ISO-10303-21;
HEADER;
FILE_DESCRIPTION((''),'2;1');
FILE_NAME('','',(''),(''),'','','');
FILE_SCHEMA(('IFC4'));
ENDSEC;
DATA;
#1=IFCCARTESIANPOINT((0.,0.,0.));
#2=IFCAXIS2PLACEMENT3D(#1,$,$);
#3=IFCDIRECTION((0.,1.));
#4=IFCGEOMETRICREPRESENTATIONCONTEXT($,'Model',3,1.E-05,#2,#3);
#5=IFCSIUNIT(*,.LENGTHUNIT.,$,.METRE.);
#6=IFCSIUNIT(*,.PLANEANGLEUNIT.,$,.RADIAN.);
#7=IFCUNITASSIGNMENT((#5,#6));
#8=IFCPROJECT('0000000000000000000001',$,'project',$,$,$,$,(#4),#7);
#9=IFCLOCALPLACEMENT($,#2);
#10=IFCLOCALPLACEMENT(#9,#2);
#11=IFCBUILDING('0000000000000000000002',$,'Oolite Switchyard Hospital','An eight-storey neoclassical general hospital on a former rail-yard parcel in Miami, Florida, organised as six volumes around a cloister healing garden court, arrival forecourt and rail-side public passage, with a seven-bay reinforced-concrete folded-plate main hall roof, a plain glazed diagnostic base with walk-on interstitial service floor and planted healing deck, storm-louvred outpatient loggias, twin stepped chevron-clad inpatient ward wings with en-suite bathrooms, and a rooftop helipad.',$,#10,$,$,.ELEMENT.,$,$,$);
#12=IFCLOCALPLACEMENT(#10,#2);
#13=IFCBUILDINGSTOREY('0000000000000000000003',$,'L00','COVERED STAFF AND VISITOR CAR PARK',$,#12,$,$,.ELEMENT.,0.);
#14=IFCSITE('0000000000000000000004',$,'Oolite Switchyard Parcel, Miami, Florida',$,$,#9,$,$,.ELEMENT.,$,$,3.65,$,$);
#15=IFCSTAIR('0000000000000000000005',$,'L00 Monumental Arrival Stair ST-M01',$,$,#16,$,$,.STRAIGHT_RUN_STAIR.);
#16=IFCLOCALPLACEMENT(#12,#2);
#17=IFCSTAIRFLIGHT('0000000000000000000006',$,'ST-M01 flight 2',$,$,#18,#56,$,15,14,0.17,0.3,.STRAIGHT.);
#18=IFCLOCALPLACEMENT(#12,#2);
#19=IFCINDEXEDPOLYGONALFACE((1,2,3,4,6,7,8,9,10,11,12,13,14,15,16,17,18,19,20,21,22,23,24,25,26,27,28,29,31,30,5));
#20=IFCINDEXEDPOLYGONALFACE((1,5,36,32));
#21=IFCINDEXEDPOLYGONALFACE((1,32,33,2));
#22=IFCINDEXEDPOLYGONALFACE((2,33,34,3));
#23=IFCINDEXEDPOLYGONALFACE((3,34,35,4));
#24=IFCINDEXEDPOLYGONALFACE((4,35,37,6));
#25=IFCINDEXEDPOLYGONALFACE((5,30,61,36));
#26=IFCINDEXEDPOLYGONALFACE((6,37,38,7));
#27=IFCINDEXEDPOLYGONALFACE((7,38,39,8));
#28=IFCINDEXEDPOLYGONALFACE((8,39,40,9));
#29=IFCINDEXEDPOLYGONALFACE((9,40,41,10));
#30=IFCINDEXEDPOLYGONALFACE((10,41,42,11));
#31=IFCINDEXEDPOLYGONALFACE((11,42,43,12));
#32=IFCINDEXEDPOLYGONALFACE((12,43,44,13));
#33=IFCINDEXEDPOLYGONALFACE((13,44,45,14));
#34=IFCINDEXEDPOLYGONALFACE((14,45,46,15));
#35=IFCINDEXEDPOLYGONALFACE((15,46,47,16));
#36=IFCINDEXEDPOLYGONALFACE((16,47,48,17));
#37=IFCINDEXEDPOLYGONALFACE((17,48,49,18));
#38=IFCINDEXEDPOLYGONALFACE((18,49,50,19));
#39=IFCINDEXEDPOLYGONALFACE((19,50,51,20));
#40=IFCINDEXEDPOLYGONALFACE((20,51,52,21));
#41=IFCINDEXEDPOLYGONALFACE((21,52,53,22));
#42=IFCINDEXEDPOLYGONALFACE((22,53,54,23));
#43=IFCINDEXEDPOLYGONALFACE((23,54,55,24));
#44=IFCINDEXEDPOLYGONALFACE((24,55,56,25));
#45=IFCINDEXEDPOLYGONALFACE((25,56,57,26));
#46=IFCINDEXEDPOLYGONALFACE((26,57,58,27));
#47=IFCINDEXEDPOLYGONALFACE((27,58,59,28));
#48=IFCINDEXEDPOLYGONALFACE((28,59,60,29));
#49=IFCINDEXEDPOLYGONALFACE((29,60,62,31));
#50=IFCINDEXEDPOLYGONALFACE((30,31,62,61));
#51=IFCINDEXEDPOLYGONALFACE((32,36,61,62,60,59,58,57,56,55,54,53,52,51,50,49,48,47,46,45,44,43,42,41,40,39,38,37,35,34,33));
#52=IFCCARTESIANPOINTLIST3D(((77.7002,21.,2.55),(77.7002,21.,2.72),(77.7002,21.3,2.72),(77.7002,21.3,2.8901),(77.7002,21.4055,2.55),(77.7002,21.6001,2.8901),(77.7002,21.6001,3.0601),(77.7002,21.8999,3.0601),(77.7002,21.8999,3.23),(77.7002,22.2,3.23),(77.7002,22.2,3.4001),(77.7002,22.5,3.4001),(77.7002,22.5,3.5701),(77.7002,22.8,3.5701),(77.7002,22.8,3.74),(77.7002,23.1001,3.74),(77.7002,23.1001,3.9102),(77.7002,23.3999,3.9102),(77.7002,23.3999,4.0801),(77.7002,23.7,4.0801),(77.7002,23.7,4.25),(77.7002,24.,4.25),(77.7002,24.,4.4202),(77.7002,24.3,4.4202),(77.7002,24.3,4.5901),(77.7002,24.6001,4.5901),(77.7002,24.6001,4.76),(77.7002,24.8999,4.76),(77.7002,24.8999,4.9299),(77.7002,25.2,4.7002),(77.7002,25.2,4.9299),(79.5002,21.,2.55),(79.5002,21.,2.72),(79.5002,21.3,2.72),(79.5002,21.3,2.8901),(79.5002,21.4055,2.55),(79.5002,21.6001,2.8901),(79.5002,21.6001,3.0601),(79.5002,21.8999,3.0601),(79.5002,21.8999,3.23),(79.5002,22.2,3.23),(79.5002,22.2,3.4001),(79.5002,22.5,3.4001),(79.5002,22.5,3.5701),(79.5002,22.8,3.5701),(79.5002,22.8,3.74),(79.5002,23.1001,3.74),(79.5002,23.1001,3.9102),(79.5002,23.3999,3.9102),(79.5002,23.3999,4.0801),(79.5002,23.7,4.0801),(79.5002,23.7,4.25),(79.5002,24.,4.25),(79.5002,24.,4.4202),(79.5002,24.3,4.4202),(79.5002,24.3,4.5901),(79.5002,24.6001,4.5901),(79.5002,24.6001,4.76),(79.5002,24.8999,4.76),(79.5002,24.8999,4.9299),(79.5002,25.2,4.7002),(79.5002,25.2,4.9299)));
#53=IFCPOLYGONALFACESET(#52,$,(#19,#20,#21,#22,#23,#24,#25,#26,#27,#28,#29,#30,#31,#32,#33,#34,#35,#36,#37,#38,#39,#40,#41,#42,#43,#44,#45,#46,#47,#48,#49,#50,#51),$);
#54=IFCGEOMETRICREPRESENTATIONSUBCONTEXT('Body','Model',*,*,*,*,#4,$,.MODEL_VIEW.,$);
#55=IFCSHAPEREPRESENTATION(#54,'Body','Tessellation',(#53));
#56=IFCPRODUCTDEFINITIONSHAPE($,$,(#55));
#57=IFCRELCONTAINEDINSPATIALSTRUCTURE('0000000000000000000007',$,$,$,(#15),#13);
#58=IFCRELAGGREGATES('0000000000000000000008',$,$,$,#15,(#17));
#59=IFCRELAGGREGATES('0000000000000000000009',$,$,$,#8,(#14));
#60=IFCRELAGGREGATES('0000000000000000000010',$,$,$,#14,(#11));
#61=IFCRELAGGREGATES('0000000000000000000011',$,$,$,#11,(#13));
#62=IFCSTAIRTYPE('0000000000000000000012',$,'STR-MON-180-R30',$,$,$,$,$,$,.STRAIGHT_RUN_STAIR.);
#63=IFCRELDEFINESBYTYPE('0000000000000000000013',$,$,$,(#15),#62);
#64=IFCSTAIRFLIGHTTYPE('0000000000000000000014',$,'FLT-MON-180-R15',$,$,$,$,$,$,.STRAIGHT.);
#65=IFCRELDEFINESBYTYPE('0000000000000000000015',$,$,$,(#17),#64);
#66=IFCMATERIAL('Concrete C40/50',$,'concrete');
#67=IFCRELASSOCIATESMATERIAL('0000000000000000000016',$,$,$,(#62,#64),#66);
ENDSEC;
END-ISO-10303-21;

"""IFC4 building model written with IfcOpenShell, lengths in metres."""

from ifc_helpers import new_model, si_unit, direction, frame, origin, place, context, subcontext, project, spatial, polyline, outline, extrude, material, type_object, element, aggregate, save


model = new_model("IFC4")

# Units and contexts
model_context = context("Model", 3, precision=1e-05, world=origin(), true_north=direction((0.0, 1.0)))
body_context = subcontext(model_context, "Body", "Model", "MODEL_VIEW")
ifc_project = project(units=[si_unit("LENGTHUNIT", "METRE"), si_unit("PLANEANGLEUNIT", "RADIAN")], contexts=[model_context])

# Site, building, storey
site_placement = place(None, origin())
site = spatial("IfcSite", under=ifc_project, at=site_placement, Name="Oolite Switchyard Parcel, Miami, Florida", CompositionType="ELEMENT", RefElevation=3.65)
building_placement = place(site_placement, origin())
building = spatial("IfcBuilding", under=site, at=building_placement, Name="Oolite Switchyard Hospital", Description="An eight-storey neoclassical general hospital on a former rail-yard parcel in Miami, Florida, organised as six volumes around a cloister healing garden court, arrival forecourt and rail-side public passage, with a seven-bay reinforced-concrete folded-plate main hall roof, a plain glazed diagnostic base with walk-on interstitial service floor and planted healing deck, storm-louvred outpatient loggias, twin stepped chevron-clad inpatient ward wings with en-suite bathrooms, and a rooftop helipad.", CompositionType="ELEMENT")
storey_placement = place(building_placement, origin())
storey = spatial("IfcBuildingStorey", under=building, at=storey_placement, Name="L00", Description="COVERED STAFF AND VISITOR CAR PARK", CompositionType="ELEMENT", Elevation=0.0)

# Shared definitions
ifc_material_1 = material(Name="Concrete C40/50", Category="concrete")

# Stair, stair flight
stair_type = type_object("IfcStairType", Name="STR-MON-180-R30", PredefinedType="STRAIGHT_RUN_STAIR", material=ifc_material_1)
stair_placement = place(storey_placement, origin())
stair = element("IfcStair", 1, at=stair_placement, inside=storey, type_object=stair_type, Name="L00 Monumental Arrival Stair ST-M01", PredefinedType="STRAIGHT_RUN_STAIR")
stair_flight_type = type_object("IfcStairFlightType", Name="FLT-MON-180-R15", PredefinedType="STRAIGHT", material=ifc_material_1)
stair_flight_1_placement = place(storey_placement, frame((78.6001, 21.0, 2.55), z_axis=(0.0, 0.0, 1.0), x_axis=(0.0, 1.0, 0.0)))
stair_flight_1 = element("IfcStairFlight", 2, at=stair_flight_1_placement, type_object=stair_flight_type, Name="ST-M01 flight 2", NumberOfRisers=15, NumberOfTreads=14, PredefinedType="STRAIGHT", RiserHeight=0.17, TreadLength=0.3, context=body_context, shape_type="SweptSolid", body=[
    extrude(outline(polyline([(0.0, 0.0), (0.0, 0.1699), (0.3, 0.1699), (0.3, 0.3401), (0.6001, 0.3401), (0.6001, 0.51), (0.8999, 0.51), (0.8999, 0.6799), (1.2, 0.6799), (1.2, 0.8501), (1.5, 0.8501), (1.5, 1.02), (1.8, 1.02), (1.8, 1.1899), (2.1001, 1.1899), (2.1001, 1.3601), (2.3999, 1.3601), (2.3999, 1.53), (2.7, 1.53), (2.7, 1.7), (3.0, 1.7), (3.0, 1.8701), (3.3, 1.8701), (3.3, 2.04), (3.6001, 2.04), (3.6001, 2.21), (3.8999, 2.21), (3.8999, 2.3799), (4.2, 2.3799), (4.2, 2.55), (4.2, 2.1501), (0.4055, 0.0), (0.0, 0.0)])), frame((0.0, 0.8999, 0.0), z_axis=(0.0, -1.0, 0.0), x_axis=(1.0, 0.0, 0.0)), (0.0, 0.0, 1.0), 1.8),
])
aggregate(stair, [stair_flight_1])

save(model, "model.ifc")
